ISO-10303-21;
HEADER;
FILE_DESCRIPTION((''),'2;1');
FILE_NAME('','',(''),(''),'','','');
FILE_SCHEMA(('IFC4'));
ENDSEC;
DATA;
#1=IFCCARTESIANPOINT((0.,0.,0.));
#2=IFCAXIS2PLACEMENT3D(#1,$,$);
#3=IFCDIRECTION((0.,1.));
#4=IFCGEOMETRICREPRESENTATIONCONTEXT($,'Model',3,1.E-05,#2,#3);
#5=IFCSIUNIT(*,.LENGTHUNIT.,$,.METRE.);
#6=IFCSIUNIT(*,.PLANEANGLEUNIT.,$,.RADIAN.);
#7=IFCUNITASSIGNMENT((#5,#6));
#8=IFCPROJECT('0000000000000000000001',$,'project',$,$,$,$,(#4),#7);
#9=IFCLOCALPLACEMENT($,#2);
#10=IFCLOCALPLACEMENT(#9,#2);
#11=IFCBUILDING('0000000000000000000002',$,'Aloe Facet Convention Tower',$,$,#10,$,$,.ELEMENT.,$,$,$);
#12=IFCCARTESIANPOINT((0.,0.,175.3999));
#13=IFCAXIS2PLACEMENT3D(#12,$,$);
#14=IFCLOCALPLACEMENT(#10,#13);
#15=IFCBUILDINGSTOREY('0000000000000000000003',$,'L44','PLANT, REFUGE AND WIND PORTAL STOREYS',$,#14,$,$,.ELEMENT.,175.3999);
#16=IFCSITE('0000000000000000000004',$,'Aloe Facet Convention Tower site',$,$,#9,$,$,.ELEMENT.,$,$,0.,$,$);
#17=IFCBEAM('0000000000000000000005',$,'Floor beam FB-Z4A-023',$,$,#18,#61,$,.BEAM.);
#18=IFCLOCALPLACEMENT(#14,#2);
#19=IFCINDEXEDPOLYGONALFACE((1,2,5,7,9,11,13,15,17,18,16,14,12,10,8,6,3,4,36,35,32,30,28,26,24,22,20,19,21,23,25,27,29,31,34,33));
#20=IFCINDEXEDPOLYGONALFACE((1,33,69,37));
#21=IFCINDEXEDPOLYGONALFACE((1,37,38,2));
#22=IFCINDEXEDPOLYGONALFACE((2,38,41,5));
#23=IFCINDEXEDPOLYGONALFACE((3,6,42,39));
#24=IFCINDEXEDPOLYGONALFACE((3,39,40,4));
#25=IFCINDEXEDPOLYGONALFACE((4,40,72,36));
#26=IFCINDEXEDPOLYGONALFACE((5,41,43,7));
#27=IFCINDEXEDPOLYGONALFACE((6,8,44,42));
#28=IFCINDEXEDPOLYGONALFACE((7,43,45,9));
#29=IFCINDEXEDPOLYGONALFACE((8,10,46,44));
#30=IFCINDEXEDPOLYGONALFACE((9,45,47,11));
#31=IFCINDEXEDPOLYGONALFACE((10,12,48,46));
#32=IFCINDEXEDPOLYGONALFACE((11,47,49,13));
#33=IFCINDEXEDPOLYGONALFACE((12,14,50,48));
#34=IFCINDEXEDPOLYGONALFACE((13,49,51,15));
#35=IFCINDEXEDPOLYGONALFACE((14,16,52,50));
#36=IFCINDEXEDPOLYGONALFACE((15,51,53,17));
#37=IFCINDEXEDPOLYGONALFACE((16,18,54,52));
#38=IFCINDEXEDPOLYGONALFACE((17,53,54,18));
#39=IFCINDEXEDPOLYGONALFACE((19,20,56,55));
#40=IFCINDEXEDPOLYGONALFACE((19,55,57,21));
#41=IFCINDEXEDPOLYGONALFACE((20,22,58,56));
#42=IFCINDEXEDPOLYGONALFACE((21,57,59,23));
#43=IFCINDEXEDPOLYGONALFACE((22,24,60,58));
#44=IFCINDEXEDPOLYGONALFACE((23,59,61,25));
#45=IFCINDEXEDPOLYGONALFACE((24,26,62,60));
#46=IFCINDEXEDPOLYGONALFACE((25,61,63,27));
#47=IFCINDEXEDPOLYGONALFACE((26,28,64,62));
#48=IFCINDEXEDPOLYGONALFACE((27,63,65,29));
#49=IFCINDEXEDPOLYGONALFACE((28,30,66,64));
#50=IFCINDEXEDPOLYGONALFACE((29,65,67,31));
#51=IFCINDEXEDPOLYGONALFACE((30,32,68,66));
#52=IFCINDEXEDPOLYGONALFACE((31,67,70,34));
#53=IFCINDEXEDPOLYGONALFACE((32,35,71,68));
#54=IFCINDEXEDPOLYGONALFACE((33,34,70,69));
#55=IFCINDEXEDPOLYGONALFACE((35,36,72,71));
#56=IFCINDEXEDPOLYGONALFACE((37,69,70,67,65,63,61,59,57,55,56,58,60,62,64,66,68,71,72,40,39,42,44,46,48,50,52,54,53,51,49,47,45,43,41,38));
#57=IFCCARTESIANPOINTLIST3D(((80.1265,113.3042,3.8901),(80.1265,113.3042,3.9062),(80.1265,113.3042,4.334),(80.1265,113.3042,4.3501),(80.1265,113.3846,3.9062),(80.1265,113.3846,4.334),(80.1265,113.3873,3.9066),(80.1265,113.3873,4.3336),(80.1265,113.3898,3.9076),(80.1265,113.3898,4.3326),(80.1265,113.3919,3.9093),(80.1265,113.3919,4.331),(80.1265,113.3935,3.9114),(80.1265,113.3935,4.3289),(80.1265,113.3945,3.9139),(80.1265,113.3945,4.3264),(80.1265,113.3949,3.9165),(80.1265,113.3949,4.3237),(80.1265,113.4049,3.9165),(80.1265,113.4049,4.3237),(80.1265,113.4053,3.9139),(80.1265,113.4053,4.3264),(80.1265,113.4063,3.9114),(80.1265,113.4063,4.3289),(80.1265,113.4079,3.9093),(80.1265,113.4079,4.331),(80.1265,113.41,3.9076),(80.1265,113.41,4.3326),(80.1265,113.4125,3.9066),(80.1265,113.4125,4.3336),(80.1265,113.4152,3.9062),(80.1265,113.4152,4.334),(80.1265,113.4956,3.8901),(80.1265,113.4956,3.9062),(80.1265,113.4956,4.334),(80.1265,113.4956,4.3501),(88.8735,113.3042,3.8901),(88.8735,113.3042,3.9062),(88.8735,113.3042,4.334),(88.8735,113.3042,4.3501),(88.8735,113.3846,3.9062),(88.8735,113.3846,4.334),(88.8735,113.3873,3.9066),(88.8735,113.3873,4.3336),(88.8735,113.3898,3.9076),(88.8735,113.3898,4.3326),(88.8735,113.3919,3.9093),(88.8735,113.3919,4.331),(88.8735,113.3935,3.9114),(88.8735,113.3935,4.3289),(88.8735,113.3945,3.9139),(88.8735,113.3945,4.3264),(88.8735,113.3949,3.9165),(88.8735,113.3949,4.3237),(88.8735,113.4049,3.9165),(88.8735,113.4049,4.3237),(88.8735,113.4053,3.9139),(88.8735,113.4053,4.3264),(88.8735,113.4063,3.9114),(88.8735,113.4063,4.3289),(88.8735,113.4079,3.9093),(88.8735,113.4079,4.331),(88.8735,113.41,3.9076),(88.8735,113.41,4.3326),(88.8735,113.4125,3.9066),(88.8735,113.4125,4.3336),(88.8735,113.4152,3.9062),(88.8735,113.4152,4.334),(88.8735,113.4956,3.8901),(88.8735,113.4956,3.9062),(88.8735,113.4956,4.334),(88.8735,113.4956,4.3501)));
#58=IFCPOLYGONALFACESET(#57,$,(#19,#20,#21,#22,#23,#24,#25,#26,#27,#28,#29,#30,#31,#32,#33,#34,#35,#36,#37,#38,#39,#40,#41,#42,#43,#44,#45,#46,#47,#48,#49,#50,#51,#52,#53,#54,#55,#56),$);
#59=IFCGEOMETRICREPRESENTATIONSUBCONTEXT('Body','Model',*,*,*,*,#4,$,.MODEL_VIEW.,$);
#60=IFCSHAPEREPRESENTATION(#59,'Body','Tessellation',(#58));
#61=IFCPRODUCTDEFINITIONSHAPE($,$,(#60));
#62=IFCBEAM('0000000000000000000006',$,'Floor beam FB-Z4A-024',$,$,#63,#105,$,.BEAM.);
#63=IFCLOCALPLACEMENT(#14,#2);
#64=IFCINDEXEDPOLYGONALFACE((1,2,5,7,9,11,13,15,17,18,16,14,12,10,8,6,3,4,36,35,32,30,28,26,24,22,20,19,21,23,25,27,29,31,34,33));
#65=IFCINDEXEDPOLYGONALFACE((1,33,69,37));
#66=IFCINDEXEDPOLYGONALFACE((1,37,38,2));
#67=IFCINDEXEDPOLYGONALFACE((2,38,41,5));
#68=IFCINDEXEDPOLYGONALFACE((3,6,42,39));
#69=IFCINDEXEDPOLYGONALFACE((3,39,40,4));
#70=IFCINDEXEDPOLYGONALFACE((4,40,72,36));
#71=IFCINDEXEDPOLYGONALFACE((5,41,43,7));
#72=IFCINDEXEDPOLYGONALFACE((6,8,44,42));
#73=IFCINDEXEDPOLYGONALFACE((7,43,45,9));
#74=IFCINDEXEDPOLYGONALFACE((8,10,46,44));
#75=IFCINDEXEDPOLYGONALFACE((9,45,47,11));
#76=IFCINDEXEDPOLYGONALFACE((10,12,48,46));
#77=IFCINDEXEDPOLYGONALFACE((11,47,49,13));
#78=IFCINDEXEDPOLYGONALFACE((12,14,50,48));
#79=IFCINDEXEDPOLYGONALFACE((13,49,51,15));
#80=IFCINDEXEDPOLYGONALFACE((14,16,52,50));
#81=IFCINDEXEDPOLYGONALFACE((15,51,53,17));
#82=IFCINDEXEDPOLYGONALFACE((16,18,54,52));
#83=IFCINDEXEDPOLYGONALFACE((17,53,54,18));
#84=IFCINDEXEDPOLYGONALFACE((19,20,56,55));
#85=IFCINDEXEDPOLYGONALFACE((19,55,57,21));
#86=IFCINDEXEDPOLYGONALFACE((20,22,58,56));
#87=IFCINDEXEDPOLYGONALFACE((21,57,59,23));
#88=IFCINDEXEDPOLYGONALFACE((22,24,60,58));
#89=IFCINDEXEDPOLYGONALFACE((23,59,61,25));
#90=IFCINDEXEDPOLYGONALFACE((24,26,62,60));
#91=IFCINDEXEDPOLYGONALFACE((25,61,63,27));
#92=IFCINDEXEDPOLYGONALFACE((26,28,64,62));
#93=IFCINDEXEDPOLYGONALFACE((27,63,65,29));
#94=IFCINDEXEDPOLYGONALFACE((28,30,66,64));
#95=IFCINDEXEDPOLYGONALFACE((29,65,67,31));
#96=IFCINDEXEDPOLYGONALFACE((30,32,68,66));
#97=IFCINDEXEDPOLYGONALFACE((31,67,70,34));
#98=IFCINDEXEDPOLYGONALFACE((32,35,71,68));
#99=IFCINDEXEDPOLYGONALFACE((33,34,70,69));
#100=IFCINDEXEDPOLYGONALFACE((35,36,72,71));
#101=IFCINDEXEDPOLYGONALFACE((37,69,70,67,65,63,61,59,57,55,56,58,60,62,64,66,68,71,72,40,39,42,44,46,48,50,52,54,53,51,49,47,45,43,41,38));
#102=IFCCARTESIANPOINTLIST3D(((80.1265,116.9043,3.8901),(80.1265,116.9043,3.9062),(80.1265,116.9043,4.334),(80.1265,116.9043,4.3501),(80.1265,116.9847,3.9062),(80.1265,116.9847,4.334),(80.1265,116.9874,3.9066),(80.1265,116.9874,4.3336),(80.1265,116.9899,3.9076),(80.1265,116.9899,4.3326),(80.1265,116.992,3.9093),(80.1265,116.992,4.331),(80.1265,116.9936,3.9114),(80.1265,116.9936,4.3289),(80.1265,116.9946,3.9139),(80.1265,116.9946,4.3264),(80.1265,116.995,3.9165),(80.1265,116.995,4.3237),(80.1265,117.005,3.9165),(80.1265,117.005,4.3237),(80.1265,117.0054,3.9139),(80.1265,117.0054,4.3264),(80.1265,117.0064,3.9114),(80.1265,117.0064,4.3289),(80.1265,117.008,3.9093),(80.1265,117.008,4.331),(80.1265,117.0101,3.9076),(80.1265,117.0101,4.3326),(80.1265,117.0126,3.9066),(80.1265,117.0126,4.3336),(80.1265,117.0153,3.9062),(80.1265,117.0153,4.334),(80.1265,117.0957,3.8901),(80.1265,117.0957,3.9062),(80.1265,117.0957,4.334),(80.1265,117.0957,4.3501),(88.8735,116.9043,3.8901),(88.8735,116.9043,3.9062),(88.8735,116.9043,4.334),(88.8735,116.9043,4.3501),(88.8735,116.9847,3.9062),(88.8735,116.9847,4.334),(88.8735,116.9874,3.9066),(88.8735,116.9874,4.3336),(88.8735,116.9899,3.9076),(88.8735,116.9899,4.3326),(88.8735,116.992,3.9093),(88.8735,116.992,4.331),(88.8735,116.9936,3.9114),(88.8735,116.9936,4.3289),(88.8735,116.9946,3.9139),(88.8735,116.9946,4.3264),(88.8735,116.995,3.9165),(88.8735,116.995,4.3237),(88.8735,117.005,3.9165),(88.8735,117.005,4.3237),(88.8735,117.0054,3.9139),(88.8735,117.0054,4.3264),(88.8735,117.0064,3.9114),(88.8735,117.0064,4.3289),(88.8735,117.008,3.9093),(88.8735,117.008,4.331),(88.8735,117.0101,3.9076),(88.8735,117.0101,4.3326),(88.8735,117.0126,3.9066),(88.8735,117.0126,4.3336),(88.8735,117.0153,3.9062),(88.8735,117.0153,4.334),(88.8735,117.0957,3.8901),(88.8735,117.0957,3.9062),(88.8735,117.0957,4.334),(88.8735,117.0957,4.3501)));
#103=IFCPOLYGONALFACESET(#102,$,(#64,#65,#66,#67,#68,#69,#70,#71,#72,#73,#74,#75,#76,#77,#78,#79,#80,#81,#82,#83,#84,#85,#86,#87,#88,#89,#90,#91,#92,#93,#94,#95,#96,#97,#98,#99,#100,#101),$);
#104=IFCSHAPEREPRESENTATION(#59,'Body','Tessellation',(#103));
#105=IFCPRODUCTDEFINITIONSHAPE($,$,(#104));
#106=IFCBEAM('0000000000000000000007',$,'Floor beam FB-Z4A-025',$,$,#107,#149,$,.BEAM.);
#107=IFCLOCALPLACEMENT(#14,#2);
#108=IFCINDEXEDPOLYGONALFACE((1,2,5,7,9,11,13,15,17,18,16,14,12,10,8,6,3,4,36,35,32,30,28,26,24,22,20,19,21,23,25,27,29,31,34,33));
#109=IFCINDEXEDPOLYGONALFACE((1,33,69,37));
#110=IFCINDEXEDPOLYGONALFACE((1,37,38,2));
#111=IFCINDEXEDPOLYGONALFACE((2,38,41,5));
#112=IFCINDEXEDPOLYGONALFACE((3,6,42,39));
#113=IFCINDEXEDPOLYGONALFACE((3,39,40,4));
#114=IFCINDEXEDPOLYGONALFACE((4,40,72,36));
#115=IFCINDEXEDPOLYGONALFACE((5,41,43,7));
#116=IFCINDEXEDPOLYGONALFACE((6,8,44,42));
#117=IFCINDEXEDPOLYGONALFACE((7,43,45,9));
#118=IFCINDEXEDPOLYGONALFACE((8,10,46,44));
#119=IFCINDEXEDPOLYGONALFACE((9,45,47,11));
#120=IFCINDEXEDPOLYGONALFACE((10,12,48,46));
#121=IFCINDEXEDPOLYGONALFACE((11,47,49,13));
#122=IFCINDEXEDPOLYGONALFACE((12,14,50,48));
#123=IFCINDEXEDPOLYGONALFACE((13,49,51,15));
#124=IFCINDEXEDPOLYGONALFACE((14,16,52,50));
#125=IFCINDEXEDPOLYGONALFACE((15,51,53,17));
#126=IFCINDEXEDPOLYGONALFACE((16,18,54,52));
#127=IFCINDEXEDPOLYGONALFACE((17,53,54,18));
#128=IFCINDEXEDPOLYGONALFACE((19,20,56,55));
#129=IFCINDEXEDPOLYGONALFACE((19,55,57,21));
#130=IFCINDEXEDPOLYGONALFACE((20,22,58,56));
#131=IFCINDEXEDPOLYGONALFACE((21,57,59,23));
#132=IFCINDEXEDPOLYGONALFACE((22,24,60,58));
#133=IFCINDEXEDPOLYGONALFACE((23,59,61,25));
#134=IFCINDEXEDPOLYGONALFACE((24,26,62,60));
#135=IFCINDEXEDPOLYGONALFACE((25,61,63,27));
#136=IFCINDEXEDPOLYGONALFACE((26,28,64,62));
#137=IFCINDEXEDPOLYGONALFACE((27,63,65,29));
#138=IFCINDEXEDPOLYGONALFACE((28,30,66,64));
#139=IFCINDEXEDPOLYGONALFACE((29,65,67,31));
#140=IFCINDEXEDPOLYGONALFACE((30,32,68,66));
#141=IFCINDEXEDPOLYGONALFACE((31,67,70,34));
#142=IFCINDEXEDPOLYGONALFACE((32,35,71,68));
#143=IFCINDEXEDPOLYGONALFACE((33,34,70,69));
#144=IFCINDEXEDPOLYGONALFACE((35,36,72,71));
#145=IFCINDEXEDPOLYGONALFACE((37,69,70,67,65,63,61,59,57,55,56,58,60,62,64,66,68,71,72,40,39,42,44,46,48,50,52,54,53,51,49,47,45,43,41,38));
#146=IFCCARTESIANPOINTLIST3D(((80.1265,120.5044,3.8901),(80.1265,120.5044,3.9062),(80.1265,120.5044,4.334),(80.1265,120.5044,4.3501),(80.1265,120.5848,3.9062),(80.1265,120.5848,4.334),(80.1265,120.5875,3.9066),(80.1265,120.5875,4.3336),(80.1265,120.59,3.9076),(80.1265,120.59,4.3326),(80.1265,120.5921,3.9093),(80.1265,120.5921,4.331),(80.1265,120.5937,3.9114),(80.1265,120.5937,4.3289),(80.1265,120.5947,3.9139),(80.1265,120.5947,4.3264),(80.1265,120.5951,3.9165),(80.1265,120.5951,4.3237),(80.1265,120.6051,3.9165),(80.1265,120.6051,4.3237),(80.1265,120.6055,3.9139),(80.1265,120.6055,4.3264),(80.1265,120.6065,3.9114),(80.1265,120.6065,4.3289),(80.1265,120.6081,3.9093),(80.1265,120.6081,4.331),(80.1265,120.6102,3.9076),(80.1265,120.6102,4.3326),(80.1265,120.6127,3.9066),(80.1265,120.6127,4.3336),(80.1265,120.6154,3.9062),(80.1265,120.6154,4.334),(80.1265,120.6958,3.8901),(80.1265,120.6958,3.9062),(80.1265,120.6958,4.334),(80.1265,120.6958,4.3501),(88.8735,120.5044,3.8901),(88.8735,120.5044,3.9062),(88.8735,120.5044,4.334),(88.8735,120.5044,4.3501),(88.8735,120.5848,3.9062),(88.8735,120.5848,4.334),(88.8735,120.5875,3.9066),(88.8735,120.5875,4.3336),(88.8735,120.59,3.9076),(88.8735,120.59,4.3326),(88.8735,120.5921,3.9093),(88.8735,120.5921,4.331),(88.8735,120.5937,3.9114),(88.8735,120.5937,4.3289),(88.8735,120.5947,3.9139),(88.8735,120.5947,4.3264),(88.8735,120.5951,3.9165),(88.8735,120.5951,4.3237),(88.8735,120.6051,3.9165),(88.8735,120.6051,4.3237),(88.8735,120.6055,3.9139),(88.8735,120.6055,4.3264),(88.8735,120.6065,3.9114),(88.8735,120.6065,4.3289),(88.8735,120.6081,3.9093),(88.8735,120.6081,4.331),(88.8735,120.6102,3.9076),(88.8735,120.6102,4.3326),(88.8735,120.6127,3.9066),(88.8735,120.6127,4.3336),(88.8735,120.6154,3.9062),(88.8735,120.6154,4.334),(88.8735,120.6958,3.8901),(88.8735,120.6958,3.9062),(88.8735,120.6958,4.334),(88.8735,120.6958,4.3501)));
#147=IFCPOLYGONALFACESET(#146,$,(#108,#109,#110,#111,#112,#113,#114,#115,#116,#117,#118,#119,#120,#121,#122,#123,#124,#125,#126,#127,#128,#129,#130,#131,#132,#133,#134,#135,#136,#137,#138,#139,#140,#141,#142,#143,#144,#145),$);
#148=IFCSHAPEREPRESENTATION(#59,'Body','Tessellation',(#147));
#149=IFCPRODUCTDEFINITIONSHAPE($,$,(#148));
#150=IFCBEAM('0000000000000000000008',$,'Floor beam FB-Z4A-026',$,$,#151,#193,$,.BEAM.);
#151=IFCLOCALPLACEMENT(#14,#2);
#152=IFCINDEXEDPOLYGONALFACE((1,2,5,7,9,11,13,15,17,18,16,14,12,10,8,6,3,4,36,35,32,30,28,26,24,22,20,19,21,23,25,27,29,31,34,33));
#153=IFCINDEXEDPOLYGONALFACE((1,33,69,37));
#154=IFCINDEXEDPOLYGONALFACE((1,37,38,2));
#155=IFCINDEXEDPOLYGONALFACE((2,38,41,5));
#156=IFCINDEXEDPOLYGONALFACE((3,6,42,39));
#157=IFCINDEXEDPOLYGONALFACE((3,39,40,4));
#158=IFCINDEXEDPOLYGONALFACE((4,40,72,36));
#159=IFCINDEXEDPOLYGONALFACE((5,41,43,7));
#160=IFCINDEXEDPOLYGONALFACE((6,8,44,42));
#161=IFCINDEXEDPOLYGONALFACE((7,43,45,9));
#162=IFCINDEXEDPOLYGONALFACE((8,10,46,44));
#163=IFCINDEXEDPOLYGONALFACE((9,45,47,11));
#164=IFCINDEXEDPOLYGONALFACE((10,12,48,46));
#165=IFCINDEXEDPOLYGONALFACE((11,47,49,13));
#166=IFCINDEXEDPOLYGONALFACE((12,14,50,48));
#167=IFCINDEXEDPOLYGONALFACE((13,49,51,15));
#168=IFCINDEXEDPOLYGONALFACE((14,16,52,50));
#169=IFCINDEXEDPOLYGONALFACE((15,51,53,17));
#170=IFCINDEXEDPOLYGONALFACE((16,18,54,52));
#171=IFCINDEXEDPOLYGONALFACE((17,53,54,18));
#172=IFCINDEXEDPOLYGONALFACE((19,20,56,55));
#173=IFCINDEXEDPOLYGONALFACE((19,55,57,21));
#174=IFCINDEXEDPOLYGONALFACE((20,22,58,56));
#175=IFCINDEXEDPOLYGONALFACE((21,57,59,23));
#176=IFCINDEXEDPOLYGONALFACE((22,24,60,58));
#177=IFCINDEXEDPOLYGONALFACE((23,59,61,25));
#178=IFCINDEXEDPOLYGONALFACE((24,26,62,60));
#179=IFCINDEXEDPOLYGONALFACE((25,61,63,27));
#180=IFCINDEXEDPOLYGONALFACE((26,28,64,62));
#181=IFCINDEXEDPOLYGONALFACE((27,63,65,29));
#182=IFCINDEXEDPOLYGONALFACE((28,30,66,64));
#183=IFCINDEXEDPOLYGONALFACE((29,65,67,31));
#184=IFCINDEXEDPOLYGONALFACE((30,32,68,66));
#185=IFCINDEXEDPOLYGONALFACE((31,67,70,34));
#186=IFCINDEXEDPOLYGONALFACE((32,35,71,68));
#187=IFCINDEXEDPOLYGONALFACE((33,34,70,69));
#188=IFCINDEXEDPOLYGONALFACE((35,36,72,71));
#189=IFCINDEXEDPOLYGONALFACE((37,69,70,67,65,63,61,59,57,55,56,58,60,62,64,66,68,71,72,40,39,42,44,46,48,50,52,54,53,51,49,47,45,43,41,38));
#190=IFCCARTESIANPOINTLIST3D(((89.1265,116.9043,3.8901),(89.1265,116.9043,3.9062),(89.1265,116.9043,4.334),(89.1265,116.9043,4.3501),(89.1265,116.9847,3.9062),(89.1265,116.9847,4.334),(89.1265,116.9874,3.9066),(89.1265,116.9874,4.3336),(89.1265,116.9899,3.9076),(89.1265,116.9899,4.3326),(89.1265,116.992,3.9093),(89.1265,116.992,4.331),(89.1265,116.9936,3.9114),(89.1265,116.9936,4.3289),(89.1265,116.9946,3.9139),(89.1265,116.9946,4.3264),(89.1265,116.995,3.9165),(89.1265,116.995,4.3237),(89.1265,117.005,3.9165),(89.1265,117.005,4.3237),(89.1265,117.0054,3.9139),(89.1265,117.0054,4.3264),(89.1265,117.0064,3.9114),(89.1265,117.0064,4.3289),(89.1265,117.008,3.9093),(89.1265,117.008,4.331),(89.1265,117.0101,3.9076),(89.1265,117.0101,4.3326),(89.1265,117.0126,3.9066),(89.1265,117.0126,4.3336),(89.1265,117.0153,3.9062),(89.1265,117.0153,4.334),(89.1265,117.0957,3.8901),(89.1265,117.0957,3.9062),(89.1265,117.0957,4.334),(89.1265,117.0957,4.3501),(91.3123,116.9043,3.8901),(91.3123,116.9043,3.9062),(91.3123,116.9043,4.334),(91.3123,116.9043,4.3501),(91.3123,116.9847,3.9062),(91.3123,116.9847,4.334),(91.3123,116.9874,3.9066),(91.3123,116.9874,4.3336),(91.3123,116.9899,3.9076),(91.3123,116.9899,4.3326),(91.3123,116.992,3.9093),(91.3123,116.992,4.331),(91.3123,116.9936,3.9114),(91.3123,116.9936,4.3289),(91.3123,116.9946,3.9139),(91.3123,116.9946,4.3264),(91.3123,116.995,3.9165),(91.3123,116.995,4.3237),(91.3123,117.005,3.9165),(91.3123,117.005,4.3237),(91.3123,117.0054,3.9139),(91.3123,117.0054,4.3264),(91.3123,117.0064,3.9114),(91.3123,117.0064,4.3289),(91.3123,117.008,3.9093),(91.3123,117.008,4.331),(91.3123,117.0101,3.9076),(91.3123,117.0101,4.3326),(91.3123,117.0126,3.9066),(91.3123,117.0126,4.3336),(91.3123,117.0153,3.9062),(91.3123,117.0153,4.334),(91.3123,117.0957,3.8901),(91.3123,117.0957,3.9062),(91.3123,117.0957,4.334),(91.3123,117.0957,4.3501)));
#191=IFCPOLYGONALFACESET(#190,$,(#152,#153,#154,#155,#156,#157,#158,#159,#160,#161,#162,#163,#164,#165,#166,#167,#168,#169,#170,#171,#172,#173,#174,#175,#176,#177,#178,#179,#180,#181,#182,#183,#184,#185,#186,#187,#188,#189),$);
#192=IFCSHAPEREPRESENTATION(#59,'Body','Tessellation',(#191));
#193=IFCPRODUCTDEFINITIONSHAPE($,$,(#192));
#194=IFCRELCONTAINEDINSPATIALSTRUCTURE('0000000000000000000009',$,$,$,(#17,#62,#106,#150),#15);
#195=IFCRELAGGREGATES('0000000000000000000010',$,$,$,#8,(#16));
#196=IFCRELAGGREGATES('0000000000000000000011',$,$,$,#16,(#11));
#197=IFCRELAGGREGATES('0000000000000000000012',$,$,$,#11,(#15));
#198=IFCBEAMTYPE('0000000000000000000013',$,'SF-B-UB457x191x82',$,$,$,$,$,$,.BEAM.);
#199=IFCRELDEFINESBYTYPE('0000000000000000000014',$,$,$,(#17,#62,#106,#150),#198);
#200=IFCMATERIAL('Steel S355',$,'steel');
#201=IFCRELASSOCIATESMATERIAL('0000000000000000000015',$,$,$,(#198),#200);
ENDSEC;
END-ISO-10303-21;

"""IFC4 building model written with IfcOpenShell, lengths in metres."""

from ifc_helpers import new_model, si_unit, direction, frame, origin, origin_2d, place, context, subcontext, project, spatial, i_section, extrude, material, material_profile, profile_set, type_object, element, save


model = new_model("IFC4")

# Units and contexts
model_context = context("Model", 3, precision=1e-05, world=origin(), true_north=direction((0.0, 1.0)))
body_context = subcontext(model_context, "Body", "Model", "MODEL_VIEW")
ifc_project = project(units=[si_unit("LENGTHUNIT", "METRE"), si_unit("PLANEANGLEUNIT", "RADIAN")], contexts=[model_context])

# Site, building, storey
site_placement = place(None, origin())
site = spatial("IfcSite", under=ifc_project, at=site_placement, Name="Aloe Facet Convention Tower site", CompositionType="ELEMENT", RefElevation=0.0)
building_placement = place(site_placement, origin())
building = spatial("IfcBuilding", under=site, at=building_placement, Name="Aloe Facet Convention Tower", CompositionType="ELEMENT")
storey_placement = place(building_placement, frame((0.0, 0.0, 175.3999)))
storey = spatial("IfcBuildingStorey", under=building, at=storey_placement, Name="L44", Description="PLANT, REFUGE AND WIND PORTAL STOREYS", CompositionType="ELEMENT", Elevation=175.3999)

# Beams
ifc_material_1 = material(Name="Steel S355", Category="steel")
ifc_material_profile_1 = material_profile(ifc_material_1, i_section(OverallWidth=0.1914, OverallDepth=0.46, WebThickness=0.01, FlangeThickness=0.0161, FilletRadius=0.0103, at=origin_2d()), Name="UB 457x191x82")
ifc_profile_set_1 = profile_set([ifc_material_profile_1], Name="Steel S355")
beam_type_1 = type_object("IfcBeamType", Name="SF-B-UB457x191x82", PredefinedType="BEAM", material=ifc_profile_set_1)
for number, where, z_axis, x_axis, name in (
    (1, (80.1265, 113.3999, 4.1201), (1.0, 0.0, 0.0), (0.0, 1.0, 0.0), "Floor beam FB-Z4A-023"),
    (2, (80.1265, 117.0, 4.1201), (1.0, 0.0, 0.0), (0.0, 1.0, 0.0), "Floor beam FB-Z4A-024"),
    (3, (80.1265, 120.6001, 4.1201), (1.0, 0.0, 0.0), (0.0, 1.0, 0.0), "Floor beam FB-Z4A-025"),
):
    element("IfcBeam", number, at=place(storey_placement, frame(where, z_axis=z_axis, x_axis=x_axis)), inside=storey, type_object=beam_type_1, Name=name, PredefinedType="BEAM", context=body_context, shape_type="SweptSolid", body=[
        extrude(i_section(OverallWidth=0.1914, OverallDepth=0.46, WebThickness=0.01, FlangeThickness=0.0161, FilletRadius=0.0103, at=origin_2d()), origin(), (0.0, 0.0, 1.0), 8.7471),
    ])
beam_1_placement = place(storey_placement, frame((89.1265, 117.0, 4.1201), z_axis=(1.0, 0.0, 0.0), x_axis=(0.0, 1.0, 0.0)))
element("IfcBeam", 4, at=beam_1_placement, inside=storey, type_object=beam_type_1, Name="Floor beam FB-Z4A-026", PredefinedType="BEAM", context=body_context, shape_type="SweptSolid", body=[
    extrude(i_section(OverallWidth=0.1914, OverallDepth=0.46, WebThickness=0.01, FlangeThickness=0.0161, FilletRadius=0.0103, at=origin_2d()), origin(), (0.0, 0.0, 1.0), 2.1858),
])

save(model, "model.ifc")
